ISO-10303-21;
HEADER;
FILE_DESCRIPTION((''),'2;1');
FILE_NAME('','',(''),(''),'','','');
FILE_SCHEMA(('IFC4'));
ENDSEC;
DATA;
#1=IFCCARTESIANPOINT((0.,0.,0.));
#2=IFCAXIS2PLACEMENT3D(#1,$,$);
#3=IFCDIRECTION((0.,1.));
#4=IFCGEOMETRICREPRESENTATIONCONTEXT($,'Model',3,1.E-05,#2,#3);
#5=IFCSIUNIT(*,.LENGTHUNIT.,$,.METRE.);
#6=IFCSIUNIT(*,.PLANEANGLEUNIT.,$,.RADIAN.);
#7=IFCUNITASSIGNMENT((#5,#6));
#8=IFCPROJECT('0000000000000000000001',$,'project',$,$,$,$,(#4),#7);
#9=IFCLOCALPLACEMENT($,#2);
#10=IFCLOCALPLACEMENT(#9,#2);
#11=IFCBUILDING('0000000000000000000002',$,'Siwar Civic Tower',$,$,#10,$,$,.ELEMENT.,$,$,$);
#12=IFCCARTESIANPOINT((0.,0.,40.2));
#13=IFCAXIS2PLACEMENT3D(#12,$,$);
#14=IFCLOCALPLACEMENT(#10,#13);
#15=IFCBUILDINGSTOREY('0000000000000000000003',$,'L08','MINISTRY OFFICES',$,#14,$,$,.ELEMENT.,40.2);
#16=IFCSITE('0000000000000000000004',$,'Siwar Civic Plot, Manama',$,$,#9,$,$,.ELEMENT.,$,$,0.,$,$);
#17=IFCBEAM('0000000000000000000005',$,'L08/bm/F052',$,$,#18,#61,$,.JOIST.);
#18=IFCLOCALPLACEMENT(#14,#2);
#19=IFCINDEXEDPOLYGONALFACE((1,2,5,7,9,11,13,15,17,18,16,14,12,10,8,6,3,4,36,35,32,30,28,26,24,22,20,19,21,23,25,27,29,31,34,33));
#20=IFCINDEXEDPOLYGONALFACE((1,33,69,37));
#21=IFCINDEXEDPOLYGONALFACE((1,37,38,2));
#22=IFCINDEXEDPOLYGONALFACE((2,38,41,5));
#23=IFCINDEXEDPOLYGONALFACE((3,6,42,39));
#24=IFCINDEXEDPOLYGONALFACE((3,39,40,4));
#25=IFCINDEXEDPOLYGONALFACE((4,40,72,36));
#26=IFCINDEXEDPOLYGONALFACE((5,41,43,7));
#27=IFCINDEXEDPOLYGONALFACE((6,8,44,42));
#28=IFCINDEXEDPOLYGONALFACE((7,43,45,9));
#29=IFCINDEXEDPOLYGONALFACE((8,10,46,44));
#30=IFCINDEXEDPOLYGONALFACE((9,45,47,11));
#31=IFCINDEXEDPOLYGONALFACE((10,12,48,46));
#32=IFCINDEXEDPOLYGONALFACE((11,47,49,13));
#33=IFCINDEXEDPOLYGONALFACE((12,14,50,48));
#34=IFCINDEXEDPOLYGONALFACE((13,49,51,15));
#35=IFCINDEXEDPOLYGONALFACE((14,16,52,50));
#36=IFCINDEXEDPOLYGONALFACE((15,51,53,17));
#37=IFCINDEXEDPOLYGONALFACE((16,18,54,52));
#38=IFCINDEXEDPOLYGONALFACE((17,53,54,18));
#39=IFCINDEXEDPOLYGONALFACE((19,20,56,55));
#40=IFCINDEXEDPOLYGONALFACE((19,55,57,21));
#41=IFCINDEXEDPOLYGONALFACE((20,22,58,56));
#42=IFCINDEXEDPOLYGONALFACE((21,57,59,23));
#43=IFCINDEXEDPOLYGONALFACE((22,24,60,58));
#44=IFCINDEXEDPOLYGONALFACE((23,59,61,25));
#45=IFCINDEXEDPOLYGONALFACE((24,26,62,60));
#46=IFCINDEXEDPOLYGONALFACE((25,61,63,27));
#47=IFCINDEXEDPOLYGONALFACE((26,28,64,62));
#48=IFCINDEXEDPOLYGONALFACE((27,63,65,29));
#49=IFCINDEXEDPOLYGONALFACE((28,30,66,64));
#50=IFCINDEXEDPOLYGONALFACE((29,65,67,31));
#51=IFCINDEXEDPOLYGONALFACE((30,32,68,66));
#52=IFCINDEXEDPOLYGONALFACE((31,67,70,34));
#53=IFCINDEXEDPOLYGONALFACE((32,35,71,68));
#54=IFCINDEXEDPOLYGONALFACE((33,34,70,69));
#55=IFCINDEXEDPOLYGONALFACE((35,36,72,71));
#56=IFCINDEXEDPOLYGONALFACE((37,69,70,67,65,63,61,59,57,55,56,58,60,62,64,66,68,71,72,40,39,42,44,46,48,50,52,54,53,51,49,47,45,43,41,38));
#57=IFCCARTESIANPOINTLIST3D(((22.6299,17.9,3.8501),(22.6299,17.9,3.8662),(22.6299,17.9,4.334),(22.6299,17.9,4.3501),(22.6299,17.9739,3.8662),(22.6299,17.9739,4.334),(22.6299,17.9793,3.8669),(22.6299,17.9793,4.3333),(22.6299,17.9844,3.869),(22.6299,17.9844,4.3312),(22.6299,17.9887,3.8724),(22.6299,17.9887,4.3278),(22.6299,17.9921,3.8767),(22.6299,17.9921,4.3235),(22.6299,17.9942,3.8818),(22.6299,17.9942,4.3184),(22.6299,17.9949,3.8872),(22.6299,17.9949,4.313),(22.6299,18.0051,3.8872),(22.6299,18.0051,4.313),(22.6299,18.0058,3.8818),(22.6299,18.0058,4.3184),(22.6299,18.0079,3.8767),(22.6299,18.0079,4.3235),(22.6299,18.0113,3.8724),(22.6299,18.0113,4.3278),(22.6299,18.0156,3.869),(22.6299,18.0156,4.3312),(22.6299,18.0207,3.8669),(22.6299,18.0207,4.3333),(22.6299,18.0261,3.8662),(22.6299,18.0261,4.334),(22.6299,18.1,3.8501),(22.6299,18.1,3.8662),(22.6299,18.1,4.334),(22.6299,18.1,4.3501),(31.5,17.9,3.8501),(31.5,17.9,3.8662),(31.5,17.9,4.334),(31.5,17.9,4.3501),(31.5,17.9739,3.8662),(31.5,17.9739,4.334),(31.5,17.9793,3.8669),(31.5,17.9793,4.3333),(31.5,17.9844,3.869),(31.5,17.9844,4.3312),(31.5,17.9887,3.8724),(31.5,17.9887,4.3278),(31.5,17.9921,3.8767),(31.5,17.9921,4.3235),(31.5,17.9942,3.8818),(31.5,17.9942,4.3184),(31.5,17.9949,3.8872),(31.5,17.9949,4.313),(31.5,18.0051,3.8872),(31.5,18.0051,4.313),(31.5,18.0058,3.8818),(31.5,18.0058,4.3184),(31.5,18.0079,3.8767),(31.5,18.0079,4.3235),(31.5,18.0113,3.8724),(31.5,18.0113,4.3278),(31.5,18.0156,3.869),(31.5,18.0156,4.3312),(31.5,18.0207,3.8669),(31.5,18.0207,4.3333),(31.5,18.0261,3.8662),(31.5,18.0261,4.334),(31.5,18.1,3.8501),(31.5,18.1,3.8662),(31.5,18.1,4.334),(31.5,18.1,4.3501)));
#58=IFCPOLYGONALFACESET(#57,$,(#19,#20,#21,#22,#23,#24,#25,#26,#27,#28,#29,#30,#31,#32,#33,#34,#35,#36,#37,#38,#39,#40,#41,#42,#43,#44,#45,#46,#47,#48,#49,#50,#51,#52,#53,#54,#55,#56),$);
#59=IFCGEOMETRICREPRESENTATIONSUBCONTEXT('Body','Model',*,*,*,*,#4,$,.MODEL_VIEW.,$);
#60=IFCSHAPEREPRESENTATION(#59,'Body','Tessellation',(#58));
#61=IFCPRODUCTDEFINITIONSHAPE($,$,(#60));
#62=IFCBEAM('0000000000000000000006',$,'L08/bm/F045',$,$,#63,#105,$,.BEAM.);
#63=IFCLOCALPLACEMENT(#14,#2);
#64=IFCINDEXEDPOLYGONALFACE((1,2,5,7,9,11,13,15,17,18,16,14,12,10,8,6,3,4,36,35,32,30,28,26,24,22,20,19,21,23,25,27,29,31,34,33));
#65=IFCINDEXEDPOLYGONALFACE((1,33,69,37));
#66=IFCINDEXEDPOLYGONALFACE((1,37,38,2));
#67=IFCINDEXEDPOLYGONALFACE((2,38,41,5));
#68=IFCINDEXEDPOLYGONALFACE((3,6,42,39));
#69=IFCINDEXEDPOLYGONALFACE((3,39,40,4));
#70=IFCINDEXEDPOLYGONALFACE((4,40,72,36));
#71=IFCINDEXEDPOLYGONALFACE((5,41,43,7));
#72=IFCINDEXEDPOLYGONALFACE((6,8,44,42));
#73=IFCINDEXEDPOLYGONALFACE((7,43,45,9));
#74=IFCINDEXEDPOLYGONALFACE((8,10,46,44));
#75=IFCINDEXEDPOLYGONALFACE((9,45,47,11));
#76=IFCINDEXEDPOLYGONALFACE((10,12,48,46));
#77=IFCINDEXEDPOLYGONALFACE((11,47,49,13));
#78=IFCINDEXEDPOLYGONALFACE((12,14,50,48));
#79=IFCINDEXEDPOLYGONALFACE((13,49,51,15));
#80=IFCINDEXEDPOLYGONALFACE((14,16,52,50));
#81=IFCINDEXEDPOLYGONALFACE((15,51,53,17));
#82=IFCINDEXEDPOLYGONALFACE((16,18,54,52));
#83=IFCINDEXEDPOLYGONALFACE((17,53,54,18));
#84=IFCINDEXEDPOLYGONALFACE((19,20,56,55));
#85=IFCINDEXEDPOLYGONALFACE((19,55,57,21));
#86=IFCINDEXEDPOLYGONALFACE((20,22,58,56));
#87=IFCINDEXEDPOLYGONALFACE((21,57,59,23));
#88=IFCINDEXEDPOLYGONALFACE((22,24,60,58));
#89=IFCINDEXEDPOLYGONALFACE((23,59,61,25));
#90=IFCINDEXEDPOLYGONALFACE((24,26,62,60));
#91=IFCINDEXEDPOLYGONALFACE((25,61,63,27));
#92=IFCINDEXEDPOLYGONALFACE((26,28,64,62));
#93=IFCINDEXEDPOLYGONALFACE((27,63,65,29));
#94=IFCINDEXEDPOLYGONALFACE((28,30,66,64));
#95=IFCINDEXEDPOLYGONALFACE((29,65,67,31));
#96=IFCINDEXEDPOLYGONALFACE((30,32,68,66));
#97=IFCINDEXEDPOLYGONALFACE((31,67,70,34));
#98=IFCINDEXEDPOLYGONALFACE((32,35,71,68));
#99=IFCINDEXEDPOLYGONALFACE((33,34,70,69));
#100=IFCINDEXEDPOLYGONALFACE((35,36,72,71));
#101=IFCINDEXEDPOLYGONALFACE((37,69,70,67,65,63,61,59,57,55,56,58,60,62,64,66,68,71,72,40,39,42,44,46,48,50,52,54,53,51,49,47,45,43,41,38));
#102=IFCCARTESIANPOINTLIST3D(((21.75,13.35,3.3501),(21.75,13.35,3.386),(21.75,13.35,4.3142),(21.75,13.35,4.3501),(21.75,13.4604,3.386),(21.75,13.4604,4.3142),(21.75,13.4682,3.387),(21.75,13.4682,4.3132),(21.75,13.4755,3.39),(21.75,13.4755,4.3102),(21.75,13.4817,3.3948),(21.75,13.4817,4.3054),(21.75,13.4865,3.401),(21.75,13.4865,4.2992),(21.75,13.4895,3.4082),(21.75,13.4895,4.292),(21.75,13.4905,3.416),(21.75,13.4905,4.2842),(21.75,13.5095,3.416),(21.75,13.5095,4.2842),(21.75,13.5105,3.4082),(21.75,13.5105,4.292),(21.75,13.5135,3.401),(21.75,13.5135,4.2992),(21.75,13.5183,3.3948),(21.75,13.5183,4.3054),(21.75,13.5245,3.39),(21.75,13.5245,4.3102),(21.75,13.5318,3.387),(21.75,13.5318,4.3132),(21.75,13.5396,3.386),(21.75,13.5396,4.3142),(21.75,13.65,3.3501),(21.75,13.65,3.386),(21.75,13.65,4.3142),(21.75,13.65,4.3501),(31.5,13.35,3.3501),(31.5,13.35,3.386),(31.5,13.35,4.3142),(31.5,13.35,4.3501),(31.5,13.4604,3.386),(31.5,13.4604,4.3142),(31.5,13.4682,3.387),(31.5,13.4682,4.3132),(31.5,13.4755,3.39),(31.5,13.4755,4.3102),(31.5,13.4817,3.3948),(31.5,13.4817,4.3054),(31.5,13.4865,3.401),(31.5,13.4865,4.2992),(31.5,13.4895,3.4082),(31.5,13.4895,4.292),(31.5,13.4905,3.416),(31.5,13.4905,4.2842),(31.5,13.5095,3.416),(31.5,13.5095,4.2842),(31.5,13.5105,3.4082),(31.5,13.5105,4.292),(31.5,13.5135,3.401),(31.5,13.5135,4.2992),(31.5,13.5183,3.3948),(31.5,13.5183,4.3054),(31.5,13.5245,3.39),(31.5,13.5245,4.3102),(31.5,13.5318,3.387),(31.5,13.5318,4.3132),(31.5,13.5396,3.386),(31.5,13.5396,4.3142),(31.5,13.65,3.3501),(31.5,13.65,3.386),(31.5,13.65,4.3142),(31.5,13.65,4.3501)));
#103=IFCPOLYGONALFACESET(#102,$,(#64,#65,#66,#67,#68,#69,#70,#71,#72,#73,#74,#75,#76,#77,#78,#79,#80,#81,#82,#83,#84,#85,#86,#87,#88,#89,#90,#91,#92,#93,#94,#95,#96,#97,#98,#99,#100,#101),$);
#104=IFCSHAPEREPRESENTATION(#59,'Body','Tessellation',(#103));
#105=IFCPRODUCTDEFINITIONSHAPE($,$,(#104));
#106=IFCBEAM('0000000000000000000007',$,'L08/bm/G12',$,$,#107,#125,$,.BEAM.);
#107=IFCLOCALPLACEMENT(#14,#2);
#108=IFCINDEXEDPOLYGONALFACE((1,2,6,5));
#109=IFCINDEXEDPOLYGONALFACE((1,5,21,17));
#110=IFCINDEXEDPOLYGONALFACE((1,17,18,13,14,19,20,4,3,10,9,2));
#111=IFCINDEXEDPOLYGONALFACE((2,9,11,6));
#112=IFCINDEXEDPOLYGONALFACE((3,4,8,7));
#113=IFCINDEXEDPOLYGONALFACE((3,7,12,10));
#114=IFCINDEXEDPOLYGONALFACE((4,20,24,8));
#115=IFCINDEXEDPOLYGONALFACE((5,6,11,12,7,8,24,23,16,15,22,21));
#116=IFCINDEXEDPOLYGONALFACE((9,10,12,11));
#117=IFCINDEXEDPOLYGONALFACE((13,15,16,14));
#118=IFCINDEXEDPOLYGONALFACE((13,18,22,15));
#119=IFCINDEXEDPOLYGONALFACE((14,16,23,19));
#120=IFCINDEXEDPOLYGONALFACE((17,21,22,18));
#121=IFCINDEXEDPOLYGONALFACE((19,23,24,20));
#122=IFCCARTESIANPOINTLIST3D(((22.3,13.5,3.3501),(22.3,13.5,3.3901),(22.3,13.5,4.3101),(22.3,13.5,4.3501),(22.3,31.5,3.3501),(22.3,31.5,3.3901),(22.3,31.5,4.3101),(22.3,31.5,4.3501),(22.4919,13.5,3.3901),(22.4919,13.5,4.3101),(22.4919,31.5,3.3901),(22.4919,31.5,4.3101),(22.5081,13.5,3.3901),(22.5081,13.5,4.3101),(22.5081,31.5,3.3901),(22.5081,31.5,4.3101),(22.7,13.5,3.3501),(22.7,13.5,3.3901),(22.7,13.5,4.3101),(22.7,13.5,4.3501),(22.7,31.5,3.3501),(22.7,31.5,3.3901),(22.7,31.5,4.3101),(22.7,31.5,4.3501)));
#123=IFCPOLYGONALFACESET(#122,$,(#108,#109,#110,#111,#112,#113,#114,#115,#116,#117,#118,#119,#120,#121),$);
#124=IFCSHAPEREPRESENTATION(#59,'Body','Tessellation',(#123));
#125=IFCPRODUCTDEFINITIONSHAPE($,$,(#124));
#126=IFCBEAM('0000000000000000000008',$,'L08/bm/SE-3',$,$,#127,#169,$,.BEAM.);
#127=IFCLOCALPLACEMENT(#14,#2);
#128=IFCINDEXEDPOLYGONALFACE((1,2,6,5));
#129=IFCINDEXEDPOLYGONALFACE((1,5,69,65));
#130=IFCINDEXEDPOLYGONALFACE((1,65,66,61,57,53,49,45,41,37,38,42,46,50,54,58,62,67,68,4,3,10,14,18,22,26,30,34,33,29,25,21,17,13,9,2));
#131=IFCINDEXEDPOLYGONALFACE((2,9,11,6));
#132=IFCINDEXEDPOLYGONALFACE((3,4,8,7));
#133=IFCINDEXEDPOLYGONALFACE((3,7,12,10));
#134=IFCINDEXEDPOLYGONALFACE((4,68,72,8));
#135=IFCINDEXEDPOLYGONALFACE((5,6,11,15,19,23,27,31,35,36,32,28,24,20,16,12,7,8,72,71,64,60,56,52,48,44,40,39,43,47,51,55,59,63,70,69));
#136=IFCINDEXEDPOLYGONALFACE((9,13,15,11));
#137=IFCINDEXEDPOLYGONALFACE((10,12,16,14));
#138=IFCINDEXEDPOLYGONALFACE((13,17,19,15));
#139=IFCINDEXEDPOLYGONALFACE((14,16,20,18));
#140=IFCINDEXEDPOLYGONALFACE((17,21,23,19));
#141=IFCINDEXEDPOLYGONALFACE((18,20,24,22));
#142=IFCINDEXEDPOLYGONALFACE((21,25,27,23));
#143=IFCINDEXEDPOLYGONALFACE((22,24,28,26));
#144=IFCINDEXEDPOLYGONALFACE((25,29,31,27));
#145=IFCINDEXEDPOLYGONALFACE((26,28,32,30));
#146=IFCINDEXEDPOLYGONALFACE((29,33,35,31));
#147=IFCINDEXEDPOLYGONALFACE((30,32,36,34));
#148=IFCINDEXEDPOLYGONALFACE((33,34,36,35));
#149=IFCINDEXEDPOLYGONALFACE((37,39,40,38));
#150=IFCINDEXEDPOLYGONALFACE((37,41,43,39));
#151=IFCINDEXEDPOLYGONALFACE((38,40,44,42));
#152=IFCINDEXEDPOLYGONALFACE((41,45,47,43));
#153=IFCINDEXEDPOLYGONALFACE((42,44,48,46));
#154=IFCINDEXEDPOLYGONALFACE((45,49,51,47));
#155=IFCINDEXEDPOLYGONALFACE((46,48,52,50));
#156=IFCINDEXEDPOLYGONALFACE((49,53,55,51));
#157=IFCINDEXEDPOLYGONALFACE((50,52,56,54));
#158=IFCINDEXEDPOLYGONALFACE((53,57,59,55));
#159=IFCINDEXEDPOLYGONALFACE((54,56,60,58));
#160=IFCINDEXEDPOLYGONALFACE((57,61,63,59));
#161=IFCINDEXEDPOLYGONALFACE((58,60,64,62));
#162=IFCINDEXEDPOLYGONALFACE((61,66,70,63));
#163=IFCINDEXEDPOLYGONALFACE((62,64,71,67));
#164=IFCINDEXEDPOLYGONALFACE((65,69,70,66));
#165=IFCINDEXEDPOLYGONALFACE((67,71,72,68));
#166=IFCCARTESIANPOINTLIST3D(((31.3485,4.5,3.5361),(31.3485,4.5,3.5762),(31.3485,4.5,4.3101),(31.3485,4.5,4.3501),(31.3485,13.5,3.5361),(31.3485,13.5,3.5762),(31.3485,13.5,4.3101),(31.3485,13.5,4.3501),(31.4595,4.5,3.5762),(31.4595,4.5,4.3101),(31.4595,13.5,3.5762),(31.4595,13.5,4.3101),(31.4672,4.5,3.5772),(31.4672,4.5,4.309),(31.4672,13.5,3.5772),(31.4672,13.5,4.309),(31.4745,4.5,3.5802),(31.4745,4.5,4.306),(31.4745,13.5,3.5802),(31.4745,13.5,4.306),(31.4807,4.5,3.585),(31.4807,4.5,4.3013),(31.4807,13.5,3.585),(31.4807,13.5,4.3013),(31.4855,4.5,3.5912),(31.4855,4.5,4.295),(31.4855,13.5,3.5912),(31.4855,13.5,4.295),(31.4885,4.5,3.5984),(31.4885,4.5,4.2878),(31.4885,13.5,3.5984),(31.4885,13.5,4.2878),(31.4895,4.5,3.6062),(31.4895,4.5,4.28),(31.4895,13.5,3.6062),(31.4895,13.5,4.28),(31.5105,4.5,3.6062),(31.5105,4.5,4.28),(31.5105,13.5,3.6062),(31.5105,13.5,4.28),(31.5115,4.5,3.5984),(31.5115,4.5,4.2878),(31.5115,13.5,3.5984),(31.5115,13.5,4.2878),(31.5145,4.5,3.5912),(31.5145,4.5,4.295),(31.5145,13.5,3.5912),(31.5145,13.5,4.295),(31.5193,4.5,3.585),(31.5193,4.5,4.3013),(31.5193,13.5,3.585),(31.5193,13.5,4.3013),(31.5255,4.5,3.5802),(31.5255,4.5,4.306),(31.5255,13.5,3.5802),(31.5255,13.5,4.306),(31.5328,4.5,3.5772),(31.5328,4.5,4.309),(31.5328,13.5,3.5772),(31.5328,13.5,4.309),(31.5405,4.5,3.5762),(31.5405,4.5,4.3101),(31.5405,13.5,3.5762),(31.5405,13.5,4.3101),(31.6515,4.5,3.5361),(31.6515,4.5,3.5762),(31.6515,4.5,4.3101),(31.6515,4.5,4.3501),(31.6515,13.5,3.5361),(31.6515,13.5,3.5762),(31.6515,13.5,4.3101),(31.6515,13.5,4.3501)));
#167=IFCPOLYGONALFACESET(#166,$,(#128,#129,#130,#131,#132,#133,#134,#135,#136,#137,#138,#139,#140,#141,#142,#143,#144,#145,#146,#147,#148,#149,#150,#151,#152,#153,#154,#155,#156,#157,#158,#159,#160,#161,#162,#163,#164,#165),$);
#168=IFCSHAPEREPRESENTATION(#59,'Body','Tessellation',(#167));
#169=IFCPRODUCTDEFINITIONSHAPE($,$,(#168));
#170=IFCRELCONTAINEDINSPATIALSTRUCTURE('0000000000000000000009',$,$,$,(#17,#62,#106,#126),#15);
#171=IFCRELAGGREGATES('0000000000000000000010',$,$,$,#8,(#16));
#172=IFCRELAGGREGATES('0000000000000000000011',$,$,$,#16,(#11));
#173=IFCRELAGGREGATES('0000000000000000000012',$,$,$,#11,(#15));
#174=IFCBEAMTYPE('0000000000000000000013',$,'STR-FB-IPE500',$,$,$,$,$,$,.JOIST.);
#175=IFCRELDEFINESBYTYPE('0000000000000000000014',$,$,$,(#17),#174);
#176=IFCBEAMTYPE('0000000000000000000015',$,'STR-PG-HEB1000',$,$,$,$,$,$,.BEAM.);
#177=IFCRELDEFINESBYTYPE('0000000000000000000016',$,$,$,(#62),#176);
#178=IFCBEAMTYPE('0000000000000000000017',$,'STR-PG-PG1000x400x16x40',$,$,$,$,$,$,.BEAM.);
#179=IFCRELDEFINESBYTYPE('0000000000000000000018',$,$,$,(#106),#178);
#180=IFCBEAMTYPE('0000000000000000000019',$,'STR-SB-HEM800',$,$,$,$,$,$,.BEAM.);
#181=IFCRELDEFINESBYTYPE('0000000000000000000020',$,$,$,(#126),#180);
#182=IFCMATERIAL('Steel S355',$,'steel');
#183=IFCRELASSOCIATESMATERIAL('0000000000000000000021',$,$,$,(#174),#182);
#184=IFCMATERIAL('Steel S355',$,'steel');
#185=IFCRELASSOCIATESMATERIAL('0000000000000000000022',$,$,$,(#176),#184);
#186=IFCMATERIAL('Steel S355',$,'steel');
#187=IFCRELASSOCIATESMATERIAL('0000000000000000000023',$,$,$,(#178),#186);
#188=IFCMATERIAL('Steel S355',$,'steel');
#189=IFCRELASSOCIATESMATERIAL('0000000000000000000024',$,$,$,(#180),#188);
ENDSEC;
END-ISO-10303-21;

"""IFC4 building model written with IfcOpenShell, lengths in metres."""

from ifc_helpers import new_model, si_unit, direction, frame, origin, origin_2d, place, context, subcontext, project, spatial, i_section, extrude, material, material_profile, profile_set, type_object, element, save


model = new_model("IFC4")

# Units and contexts
model_context = context("Model", 3, precision=1e-05, world=origin(), true_north=direction((0.0, 1.0)))
body_context = subcontext(model_context, "Body", "Model", "MODEL_VIEW")
ifc_project = project(units=[si_unit("LENGTHUNIT", "METRE"), si_unit("PLANEANGLEUNIT", "RADIAN")], contexts=[model_context])

# Site, building, storey
site_placement = place(None, origin())
site = spatial("IfcSite", under=ifc_project, at=site_placement, Name="Siwar Civic Plot, Manama", CompositionType="ELEMENT", RefElevation=0.0)
building_placement = place(site_placement, origin())
building = spatial("IfcBuilding", under=site, at=building_placement, Name="Siwar Civic Tower", CompositionType="ELEMENT")
storey_placement = place(building_placement, frame((0.0, 0.0, 40.2)))
storey = spatial("IfcBuildingStorey", under=building, at=storey_placement, Name="L08", Description="MINISTRY OFFICES", CompositionType="ELEMENT", Elevation=40.2)

# Beams
ifc_material_1 = material(Name="Steel S355", Category="steel")
ifc_material_profile_1 = material_profile(ifc_material_1, i_section(OverallWidth=0.2, OverallDepth=0.5, WebThickness=0.0103, FlangeThickness=0.0161, FilletRadius=0.021, at=origin_2d()), Name="IPE500")
ifc_profile_set_1 = profile_set([ifc_material_profile_1], Name="Steel S355")
beam_type_1 = type_object("IfcBeamType", Name="STR-FB-IPE500", PredefinedType="JOIST", material=ifc_profile_set_1)
beam_1_placement = place(storey_placement, frame((22.6299, 18.0, 4.1001), z_axis=(1.0, 0.0, 0.0), x_axis=(0.0, 1.0, 0.0)))
element("IfcBeam", 1, at=beam_1_placement, inside=storey, type_object=beam_type_1, Name="L08/bm/F052", PredefinedType="JOIST", context=body_context, shape_type="SweptSolid", body=[
    extrude(i_section(OverallWidth=0.2, OverallDepth=0.5, WebThickness=0.0103, FlangeThickness=0.0161, FilletRadius=0.021, at=origin_2d()), origin(), (0.0, 0.0, 1.0), 8.8701),
])
ifc_material_2 = material(Name="Steel S355", Category="steel")
ifc_material_profile_2 = material_profile(ifc_material_2, i_section(OverallWidth=0.3, OverallDepth=1.0, WebThickness=0.019, FlangeThickness=0.0359, FilletRadius=0.03, at=origin_2d()), Name="HEB1000")
ifc_profile_set_2 = profile_set([ifc_material_profile_2], Name="Steel S355")
beam_type_2 = type_object("IfcBeamType", Name="STR-PG-HEB1000", PredefinedType="BEAM", material=ifc_profile_set_2)
beam_2_placement = place(storey_placement, frame((21.75, 13.5, 3.8501), z_axis=(1.0, 0.0, 0.0), x_axis=(0.0, 1.0, 0.0)))
element("IfcBeam", 2, at=beam_2_placement, inside=storey, type_object=beam_type_2, Name="L08/bm/F045", PredefinedType="BEAM", context=body_context, shape_type="SweptSolid", body=[
    extrude(i_section(OverallWidth=0.3, OverallDepth=1.0, WebThickness=0.019, FlangeThickness=0.0359, FilletRadius=0.03, at=origin_2d()), origin(), (0.0, 0.0, 1.0), 9.75),
])
ifc_material_3 = material(Name="Steel S355", Category="steel")
ifc_material_profile_3 = material_profile(ifc_material_3, i_section(OverallWidth=0.3999, OverallDepth=1.0, WebThickness=0.0161, FlangeThickness=0.04, at=origin_2d()), Name="PG1000x400x16x40")
ifc_profile_set_3 = profile_set([ifc_material_profile_3], Name="Steel S355")
beam_type_3 = type_object("IfcBeamType", Name="STR-PG-PG1000x400x16x40", PredefinedType="BEAM", material=ifc_profile_set_3)
beam_3_placement = place(storey_placement, frame((22.5, 13.5, 3.8501), z_axis=(0.0, 1.0, 0.0), x_axis=(-1.0, 0.0, 0.0)))
element("IfcBeam", 3, at=beam_3_placement, inside=storey, type_object=beam_type_3, Name="L08/bm/G12", PredefinedType="BEAM", context=body_context, shape_type="SweptSolid", body=[
    extrude(i_section(OverallWidth=0.3999, OverallDepth=1.0, WebThickness=0.0161, FlangeThickness=0.04, at=origin_2d()), origin(), (0.0, 0.0, 1.0), 18.0),
])
ifc_material_4 = material(Name="Steel S355", Category="steel")
ifc_material_profile_4 = material_profile(ifc_material_4, i_section(OverallWidth=0.303, OverallDepth=0.814, WebThickness=0.021, FlangeThickness=0.04, FilletRadius=0.03, at=origin_2d()), Name="HEM800")
ifc_profile_set_4 = profile_set([ifc_material_profile_4], Name="Steel S355")
beam_type_4 = type_object("IfcBeamType", Name="STR-SB-HEM800", PredefinedType="BEAM", material=ifc_profile_set_4)
for number, where, z_axis, x_axis, name in (
    (4, (31.5, 4.5, 3.9431), (0.0, 1.0, 0.0), (-1.0, 0.0, 0.0), "L08/bm/SE-3"),
):
    element("IfcBeam", number, at=place(storey_placement, frame(where, z_axis=z_axis, x_axis=x_axis)), inside=storey, type_object=beam_type_4, Name=name, PredefinedType="BEAM", context=body_context, shape_type="SweptSolid", body=[
        extrude(i_section(OverallWidth=0.303, OverallDepth=0.814, WebThickness=0.021, FlangeThickness=0.04, FilletRadius=0.03, at=origin_2d()), origin(), (0.0, 0.0, 1.0), 9.0),
    ])

save(model, "model.ifc")
